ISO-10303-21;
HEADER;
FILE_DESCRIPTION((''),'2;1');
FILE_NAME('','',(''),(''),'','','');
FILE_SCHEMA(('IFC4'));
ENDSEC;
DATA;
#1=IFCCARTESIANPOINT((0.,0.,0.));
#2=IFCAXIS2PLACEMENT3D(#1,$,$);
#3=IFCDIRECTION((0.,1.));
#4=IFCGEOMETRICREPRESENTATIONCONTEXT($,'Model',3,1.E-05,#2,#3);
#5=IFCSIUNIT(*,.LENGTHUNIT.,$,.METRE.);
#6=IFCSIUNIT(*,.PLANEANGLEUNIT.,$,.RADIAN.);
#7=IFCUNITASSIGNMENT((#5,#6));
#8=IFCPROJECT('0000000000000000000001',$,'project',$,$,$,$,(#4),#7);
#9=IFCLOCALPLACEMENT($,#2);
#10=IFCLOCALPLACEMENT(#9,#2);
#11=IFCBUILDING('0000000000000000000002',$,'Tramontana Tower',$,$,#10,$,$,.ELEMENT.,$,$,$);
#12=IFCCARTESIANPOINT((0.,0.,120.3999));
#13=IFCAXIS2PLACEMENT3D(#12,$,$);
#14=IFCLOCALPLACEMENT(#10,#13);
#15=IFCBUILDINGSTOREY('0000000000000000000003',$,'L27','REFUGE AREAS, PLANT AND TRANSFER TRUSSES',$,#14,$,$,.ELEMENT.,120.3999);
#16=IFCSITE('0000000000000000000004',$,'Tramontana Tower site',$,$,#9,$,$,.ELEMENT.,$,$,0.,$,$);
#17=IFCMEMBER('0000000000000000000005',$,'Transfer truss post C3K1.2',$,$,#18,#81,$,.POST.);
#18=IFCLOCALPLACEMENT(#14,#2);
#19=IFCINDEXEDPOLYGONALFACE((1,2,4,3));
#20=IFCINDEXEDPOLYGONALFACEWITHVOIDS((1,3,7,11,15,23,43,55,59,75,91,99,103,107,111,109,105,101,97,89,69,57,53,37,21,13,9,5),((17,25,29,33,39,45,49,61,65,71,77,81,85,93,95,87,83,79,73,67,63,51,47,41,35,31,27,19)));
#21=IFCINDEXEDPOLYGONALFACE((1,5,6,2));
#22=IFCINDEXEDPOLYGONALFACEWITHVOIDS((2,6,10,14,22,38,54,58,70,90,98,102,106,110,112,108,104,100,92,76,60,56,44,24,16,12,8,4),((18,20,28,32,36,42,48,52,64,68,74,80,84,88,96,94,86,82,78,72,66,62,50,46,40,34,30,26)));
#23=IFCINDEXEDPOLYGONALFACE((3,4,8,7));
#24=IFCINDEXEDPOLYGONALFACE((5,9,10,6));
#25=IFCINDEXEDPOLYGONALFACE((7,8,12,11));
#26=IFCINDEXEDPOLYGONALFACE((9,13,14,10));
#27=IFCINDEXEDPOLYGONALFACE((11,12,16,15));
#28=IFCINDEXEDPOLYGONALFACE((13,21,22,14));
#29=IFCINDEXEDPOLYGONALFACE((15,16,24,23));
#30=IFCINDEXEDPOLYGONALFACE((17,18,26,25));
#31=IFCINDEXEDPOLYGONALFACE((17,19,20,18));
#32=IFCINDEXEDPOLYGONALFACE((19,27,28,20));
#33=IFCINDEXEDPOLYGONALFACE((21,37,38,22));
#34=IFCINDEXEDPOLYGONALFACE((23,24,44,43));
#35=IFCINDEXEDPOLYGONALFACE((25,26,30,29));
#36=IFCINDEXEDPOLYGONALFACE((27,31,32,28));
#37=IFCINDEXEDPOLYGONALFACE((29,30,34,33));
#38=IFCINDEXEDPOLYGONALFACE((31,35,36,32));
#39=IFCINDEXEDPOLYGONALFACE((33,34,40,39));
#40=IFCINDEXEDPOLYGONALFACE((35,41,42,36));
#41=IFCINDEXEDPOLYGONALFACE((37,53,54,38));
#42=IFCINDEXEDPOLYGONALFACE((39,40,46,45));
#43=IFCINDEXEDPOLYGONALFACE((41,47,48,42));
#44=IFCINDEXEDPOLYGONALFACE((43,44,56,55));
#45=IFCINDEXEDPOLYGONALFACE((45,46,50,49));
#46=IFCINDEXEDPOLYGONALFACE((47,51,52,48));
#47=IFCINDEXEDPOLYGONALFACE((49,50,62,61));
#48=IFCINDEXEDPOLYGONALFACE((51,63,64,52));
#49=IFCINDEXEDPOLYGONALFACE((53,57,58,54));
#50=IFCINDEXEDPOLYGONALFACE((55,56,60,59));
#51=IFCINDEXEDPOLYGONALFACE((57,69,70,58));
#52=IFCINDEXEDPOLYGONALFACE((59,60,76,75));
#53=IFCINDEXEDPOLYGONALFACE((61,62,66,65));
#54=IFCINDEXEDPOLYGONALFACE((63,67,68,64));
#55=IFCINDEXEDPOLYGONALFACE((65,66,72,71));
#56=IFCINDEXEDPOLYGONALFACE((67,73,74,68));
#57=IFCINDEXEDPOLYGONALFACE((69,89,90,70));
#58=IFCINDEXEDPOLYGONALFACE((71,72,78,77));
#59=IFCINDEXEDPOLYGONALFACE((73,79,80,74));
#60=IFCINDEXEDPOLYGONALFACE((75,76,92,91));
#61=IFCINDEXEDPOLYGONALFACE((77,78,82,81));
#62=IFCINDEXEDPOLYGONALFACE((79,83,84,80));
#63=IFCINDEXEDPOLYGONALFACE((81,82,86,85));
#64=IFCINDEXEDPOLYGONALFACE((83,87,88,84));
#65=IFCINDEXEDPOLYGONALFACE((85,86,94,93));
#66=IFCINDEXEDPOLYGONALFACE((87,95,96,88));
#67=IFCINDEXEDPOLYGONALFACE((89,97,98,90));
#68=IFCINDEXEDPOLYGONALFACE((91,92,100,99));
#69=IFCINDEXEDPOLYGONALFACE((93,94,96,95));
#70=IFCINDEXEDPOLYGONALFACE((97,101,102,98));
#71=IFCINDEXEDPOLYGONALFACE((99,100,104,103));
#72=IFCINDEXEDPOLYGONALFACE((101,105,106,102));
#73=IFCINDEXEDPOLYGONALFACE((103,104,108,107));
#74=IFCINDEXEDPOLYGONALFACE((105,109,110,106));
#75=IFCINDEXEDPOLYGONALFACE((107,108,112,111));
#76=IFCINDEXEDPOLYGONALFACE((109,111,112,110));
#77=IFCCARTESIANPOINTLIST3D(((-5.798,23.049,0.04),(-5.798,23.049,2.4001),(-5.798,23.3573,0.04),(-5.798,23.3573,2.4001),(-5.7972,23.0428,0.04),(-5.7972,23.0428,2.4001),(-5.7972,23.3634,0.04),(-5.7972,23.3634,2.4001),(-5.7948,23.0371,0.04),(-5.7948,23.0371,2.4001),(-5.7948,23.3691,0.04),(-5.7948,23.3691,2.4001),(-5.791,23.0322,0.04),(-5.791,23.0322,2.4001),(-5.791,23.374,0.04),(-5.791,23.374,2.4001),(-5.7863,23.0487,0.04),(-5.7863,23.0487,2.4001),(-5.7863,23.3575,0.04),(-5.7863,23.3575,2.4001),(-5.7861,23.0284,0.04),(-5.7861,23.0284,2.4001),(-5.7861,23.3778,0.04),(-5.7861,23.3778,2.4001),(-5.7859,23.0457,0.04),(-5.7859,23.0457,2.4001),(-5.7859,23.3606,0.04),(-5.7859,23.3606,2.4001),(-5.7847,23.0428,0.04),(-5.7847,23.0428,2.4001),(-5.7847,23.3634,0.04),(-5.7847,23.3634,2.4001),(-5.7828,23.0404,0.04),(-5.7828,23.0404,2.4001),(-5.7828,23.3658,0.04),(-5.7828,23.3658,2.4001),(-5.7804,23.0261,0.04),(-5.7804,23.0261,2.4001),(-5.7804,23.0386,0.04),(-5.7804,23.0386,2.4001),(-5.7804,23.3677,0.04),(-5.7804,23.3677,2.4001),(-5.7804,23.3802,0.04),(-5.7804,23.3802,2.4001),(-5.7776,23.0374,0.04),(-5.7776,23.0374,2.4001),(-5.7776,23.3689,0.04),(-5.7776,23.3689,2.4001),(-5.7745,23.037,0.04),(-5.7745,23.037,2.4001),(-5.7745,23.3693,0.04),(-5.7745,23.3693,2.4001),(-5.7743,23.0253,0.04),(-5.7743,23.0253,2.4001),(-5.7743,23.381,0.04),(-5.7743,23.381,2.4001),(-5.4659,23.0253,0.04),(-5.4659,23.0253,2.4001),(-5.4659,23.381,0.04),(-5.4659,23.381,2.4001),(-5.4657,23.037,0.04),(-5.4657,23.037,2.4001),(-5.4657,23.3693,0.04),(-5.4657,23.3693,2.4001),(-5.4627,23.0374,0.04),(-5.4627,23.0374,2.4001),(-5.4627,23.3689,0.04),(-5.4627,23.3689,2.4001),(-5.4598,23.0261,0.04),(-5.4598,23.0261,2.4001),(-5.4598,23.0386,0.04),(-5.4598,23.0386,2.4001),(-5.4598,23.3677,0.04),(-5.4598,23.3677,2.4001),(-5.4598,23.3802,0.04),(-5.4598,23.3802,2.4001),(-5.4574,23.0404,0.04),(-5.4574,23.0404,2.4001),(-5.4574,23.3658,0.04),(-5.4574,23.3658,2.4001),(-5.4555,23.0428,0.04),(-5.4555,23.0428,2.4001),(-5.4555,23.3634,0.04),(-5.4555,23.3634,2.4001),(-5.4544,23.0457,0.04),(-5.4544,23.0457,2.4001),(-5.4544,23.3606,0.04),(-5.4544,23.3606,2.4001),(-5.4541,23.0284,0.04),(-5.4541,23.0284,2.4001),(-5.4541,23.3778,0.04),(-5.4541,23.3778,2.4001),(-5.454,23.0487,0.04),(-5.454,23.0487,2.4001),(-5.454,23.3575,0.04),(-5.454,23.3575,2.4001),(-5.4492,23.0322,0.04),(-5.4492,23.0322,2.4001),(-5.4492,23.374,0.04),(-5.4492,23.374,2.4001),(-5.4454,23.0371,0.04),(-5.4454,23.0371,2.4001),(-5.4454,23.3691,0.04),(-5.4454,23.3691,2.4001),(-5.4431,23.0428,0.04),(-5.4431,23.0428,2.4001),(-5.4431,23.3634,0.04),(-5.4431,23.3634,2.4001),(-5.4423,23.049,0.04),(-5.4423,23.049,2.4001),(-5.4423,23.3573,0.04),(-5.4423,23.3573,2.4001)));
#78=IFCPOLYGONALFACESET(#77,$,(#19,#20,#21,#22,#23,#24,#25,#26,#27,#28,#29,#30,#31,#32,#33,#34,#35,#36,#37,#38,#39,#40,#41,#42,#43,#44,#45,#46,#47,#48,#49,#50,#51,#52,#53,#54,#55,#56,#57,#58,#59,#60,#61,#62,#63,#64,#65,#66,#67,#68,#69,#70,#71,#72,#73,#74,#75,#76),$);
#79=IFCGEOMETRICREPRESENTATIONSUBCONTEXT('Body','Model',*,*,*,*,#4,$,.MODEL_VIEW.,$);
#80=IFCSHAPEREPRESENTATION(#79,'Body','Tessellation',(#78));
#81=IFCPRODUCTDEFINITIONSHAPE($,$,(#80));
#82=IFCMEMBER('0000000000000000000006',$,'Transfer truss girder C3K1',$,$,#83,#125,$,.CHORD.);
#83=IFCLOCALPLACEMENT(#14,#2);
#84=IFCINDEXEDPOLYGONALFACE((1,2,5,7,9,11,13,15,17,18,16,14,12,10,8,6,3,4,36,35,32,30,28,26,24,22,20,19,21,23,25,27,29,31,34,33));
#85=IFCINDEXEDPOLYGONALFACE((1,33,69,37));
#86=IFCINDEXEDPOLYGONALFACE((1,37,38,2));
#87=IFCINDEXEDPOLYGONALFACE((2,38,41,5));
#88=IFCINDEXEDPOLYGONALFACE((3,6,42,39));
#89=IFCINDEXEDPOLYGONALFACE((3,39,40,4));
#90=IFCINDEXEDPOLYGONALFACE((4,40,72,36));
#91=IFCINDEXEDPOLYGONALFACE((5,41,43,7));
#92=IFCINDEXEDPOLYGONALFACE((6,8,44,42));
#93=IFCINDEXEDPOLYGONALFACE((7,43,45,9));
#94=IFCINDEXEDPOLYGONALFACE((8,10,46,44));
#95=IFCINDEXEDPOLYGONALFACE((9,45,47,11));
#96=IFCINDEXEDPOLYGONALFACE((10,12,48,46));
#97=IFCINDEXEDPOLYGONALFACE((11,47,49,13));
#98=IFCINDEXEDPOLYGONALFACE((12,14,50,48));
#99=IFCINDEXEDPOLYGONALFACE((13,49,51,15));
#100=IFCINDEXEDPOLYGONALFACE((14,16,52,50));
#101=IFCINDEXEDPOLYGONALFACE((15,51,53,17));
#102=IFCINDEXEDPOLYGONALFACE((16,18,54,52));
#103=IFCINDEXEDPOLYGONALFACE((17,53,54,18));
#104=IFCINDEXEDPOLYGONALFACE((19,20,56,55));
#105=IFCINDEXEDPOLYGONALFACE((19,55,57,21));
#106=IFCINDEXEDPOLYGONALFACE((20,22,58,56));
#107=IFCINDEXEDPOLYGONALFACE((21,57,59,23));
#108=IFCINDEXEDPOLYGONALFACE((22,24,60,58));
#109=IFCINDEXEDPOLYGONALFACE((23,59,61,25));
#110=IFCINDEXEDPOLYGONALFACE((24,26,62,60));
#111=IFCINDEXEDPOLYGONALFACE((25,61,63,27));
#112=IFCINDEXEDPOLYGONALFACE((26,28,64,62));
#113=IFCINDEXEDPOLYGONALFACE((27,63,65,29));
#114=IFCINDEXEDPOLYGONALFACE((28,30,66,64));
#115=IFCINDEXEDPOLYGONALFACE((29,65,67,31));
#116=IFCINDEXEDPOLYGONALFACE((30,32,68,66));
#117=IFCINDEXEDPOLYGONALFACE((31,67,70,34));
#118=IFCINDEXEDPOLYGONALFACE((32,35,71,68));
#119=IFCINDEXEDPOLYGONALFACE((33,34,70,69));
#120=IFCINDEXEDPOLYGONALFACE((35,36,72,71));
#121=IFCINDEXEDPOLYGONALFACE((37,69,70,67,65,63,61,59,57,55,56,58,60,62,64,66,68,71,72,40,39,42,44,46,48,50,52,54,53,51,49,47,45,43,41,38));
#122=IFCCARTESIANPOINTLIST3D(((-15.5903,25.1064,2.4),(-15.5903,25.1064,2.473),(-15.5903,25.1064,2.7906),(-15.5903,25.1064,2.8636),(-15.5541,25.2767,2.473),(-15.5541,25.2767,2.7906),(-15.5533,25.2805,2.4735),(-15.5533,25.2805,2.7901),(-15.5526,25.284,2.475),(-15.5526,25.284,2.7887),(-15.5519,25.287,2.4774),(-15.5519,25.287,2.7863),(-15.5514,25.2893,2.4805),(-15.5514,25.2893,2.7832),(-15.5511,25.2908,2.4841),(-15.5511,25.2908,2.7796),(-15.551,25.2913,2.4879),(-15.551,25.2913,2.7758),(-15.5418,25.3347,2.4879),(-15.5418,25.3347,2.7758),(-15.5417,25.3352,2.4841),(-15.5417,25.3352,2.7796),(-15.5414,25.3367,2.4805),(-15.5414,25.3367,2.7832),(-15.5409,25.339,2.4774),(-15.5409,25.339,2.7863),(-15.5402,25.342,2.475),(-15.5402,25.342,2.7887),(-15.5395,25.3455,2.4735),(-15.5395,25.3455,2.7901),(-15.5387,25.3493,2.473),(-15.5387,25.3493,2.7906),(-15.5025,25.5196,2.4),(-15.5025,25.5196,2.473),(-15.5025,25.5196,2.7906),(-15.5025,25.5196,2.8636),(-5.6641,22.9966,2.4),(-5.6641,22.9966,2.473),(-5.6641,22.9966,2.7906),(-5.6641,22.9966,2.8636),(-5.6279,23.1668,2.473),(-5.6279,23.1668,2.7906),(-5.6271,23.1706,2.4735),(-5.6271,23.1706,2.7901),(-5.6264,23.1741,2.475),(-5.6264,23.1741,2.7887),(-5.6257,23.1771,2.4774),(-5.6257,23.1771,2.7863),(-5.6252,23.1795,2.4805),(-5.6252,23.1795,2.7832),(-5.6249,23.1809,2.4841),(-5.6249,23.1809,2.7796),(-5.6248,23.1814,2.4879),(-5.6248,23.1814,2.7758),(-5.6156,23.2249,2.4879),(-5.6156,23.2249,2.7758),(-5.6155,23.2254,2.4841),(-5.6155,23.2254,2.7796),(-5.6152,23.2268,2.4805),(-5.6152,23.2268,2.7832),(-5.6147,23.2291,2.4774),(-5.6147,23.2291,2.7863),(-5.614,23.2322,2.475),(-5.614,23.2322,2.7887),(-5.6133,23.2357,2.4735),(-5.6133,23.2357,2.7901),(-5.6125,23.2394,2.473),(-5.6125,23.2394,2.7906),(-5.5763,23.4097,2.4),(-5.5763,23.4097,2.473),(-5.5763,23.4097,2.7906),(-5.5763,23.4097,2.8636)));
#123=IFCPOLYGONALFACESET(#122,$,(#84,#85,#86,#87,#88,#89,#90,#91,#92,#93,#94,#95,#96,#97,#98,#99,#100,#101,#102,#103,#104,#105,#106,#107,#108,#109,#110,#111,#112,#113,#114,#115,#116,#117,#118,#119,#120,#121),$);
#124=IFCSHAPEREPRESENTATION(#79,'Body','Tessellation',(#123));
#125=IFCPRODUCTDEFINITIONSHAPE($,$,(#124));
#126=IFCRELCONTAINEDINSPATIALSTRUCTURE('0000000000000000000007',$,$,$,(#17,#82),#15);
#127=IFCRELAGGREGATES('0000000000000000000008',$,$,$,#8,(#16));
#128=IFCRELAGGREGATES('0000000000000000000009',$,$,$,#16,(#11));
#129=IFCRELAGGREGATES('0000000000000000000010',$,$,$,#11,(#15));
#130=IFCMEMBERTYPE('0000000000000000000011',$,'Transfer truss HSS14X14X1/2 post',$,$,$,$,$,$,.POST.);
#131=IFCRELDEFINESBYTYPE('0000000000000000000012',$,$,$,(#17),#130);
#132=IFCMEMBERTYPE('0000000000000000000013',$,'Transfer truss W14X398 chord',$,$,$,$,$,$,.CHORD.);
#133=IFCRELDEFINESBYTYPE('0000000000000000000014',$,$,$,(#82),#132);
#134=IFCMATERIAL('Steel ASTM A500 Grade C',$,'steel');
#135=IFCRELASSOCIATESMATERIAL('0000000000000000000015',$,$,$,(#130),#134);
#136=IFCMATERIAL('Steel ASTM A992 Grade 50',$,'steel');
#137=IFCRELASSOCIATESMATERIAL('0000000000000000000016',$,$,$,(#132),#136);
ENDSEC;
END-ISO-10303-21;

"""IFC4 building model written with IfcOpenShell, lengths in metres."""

from ifc_helpers import new_model, si_unit, direction, frame, origin, origin_2d, place, context, subcontext, project, spatial, hollow_rectangle, i_section, extrude, material, material_profile, profile_set, type_object, element, save


model = new_model("IFC4")

# Units and contexts
model_context = context("Model", 3, precision=1e-05, world=origin(), true_north=direction((0.0, 1.0)))
body_context = subcontext(model_context, "Body", "Model", "MODEL_VIEW")
ifc_project = project(units=[si_unit("LENGTHUNIT", "METRE"), si_unit("PLANEANGLEUNIT", "RADIAN")], contexts=[model_context])

# Site, building, storey
site_placement = place(None, origin())
site = spatial("IfcSite", under=ifc_project, at=site_placement, Name="Tramontana Tower site", CompositionType="ELEMENT", RefElevation=0.0)
building_placement = place(site_placement, origin())
building = spatial("IfcBuilding", under=site, at=building_placement, Name="Tramontana Tower", CompositionType="ELEMENT")
storey_placement = place(building_placement, frame((0.0, 0.0, 120.3999)))
storey = spatial("IfcBuildingStorey", under=building, at=storey_placement, Name="L27", Description="REFUGE AREAS, PLANT AND TRANSFER TRUSSES", CompositionType="ELEMENT", Elevation=120.3999)

# Members
ifc_material_1 = material(Name="Steel ASTM A500 Grade C", Category="steel")
ifc_material_profile_1 = material_profile(ifc_material_1, hollow_rectangle(XDim=0.3557, YDim=0.3557, WallThickness=0.0117, InnerFilletRadius=0.0117, OuterFilletRadius=0.0237, at=origin_2d()), Name="HSS14X14X1/2")
ifc_profile_set_1 = profile_set([ifc_material_profile_1], Name="Steel ASTM A500 Grade C")
member_type_1 = type_object("IfcMemberType", Name="Transfer truss HSS14X14X1/2 post", PredefinedType="POST", material=ifc_profile_set_1)
for number, where, z_axis, x_axis, name in (
    (1, (-5.6201, 23.2031, 0.04), (0.0, 0.0, 1.0), (1.0, 0.0, 0.0), "Transfer truss post C3K1.2"),
):
    element("IfcMember", number, at=place(storey_placement, frame(where, z_axis=z_axis, x_axis=x_axis)), inside=storey, type_object=member_type_1, Name=name, PredefinedType="POST", context=body_context, shape_type="SweptSolid", body=[
        extrude(hollow_rectangle(XDim=0.3557, YDim=0.3557, WallThickness=0.0117, InnerFilletRadius=0.0117, OuterFilletRadius=0.0237, at=origin_2d()), origin(), (0.0, 0.0, 1.0), 2.3601),
    ])
ifc_material_2 = material(Name="Steel ASTM A992 Grade 50", Category="steel")
ifc_material_profile_2 = material_profile(ifc_material_2, i_section(OverallWidth=0.4224, OverallDepth=0.4636, WebThickness=0.0444, FlangeThickness=0.073, FilletRadius=0.0149, at=origin_2d()), Name="W14X398")
ifc_profile_set_2 = profile_set([ifc_material_profile_2], Name="Steel ASTM A992 Grade 50")
member_type_2 = type_object("IfcMemberType", Name="Transfer truss W14X398 chord", PredefinedType="CHORD", material=ifc_profile_set_2)
member_1_placement = place(storey_placement, frame((-15.5464, 25.313, 2.6318), z_axis=(0.978148, -0.207909, 0.0), x_axis=(0.207909, 0.978148, 0.0)))
element("IfcMember", 2, at=member_1_placement, inside=storey, type_object=member_type_2, Name="Transfer truss girder C3K1", PredefinedType="CHORD", context=body_context, shape_type="SweptSolid", body=[
    extrude(i_section(OverallWidth=0.4224, OverallDepth=0.4636, WebThickness=0.0444, FlangeThickness=0.073, FilletRadius=0.0149, at=origin_2d()), origin(), (0.0, 0.0, 1.0), 10.1479),
])

save(model, "model.ifc")
